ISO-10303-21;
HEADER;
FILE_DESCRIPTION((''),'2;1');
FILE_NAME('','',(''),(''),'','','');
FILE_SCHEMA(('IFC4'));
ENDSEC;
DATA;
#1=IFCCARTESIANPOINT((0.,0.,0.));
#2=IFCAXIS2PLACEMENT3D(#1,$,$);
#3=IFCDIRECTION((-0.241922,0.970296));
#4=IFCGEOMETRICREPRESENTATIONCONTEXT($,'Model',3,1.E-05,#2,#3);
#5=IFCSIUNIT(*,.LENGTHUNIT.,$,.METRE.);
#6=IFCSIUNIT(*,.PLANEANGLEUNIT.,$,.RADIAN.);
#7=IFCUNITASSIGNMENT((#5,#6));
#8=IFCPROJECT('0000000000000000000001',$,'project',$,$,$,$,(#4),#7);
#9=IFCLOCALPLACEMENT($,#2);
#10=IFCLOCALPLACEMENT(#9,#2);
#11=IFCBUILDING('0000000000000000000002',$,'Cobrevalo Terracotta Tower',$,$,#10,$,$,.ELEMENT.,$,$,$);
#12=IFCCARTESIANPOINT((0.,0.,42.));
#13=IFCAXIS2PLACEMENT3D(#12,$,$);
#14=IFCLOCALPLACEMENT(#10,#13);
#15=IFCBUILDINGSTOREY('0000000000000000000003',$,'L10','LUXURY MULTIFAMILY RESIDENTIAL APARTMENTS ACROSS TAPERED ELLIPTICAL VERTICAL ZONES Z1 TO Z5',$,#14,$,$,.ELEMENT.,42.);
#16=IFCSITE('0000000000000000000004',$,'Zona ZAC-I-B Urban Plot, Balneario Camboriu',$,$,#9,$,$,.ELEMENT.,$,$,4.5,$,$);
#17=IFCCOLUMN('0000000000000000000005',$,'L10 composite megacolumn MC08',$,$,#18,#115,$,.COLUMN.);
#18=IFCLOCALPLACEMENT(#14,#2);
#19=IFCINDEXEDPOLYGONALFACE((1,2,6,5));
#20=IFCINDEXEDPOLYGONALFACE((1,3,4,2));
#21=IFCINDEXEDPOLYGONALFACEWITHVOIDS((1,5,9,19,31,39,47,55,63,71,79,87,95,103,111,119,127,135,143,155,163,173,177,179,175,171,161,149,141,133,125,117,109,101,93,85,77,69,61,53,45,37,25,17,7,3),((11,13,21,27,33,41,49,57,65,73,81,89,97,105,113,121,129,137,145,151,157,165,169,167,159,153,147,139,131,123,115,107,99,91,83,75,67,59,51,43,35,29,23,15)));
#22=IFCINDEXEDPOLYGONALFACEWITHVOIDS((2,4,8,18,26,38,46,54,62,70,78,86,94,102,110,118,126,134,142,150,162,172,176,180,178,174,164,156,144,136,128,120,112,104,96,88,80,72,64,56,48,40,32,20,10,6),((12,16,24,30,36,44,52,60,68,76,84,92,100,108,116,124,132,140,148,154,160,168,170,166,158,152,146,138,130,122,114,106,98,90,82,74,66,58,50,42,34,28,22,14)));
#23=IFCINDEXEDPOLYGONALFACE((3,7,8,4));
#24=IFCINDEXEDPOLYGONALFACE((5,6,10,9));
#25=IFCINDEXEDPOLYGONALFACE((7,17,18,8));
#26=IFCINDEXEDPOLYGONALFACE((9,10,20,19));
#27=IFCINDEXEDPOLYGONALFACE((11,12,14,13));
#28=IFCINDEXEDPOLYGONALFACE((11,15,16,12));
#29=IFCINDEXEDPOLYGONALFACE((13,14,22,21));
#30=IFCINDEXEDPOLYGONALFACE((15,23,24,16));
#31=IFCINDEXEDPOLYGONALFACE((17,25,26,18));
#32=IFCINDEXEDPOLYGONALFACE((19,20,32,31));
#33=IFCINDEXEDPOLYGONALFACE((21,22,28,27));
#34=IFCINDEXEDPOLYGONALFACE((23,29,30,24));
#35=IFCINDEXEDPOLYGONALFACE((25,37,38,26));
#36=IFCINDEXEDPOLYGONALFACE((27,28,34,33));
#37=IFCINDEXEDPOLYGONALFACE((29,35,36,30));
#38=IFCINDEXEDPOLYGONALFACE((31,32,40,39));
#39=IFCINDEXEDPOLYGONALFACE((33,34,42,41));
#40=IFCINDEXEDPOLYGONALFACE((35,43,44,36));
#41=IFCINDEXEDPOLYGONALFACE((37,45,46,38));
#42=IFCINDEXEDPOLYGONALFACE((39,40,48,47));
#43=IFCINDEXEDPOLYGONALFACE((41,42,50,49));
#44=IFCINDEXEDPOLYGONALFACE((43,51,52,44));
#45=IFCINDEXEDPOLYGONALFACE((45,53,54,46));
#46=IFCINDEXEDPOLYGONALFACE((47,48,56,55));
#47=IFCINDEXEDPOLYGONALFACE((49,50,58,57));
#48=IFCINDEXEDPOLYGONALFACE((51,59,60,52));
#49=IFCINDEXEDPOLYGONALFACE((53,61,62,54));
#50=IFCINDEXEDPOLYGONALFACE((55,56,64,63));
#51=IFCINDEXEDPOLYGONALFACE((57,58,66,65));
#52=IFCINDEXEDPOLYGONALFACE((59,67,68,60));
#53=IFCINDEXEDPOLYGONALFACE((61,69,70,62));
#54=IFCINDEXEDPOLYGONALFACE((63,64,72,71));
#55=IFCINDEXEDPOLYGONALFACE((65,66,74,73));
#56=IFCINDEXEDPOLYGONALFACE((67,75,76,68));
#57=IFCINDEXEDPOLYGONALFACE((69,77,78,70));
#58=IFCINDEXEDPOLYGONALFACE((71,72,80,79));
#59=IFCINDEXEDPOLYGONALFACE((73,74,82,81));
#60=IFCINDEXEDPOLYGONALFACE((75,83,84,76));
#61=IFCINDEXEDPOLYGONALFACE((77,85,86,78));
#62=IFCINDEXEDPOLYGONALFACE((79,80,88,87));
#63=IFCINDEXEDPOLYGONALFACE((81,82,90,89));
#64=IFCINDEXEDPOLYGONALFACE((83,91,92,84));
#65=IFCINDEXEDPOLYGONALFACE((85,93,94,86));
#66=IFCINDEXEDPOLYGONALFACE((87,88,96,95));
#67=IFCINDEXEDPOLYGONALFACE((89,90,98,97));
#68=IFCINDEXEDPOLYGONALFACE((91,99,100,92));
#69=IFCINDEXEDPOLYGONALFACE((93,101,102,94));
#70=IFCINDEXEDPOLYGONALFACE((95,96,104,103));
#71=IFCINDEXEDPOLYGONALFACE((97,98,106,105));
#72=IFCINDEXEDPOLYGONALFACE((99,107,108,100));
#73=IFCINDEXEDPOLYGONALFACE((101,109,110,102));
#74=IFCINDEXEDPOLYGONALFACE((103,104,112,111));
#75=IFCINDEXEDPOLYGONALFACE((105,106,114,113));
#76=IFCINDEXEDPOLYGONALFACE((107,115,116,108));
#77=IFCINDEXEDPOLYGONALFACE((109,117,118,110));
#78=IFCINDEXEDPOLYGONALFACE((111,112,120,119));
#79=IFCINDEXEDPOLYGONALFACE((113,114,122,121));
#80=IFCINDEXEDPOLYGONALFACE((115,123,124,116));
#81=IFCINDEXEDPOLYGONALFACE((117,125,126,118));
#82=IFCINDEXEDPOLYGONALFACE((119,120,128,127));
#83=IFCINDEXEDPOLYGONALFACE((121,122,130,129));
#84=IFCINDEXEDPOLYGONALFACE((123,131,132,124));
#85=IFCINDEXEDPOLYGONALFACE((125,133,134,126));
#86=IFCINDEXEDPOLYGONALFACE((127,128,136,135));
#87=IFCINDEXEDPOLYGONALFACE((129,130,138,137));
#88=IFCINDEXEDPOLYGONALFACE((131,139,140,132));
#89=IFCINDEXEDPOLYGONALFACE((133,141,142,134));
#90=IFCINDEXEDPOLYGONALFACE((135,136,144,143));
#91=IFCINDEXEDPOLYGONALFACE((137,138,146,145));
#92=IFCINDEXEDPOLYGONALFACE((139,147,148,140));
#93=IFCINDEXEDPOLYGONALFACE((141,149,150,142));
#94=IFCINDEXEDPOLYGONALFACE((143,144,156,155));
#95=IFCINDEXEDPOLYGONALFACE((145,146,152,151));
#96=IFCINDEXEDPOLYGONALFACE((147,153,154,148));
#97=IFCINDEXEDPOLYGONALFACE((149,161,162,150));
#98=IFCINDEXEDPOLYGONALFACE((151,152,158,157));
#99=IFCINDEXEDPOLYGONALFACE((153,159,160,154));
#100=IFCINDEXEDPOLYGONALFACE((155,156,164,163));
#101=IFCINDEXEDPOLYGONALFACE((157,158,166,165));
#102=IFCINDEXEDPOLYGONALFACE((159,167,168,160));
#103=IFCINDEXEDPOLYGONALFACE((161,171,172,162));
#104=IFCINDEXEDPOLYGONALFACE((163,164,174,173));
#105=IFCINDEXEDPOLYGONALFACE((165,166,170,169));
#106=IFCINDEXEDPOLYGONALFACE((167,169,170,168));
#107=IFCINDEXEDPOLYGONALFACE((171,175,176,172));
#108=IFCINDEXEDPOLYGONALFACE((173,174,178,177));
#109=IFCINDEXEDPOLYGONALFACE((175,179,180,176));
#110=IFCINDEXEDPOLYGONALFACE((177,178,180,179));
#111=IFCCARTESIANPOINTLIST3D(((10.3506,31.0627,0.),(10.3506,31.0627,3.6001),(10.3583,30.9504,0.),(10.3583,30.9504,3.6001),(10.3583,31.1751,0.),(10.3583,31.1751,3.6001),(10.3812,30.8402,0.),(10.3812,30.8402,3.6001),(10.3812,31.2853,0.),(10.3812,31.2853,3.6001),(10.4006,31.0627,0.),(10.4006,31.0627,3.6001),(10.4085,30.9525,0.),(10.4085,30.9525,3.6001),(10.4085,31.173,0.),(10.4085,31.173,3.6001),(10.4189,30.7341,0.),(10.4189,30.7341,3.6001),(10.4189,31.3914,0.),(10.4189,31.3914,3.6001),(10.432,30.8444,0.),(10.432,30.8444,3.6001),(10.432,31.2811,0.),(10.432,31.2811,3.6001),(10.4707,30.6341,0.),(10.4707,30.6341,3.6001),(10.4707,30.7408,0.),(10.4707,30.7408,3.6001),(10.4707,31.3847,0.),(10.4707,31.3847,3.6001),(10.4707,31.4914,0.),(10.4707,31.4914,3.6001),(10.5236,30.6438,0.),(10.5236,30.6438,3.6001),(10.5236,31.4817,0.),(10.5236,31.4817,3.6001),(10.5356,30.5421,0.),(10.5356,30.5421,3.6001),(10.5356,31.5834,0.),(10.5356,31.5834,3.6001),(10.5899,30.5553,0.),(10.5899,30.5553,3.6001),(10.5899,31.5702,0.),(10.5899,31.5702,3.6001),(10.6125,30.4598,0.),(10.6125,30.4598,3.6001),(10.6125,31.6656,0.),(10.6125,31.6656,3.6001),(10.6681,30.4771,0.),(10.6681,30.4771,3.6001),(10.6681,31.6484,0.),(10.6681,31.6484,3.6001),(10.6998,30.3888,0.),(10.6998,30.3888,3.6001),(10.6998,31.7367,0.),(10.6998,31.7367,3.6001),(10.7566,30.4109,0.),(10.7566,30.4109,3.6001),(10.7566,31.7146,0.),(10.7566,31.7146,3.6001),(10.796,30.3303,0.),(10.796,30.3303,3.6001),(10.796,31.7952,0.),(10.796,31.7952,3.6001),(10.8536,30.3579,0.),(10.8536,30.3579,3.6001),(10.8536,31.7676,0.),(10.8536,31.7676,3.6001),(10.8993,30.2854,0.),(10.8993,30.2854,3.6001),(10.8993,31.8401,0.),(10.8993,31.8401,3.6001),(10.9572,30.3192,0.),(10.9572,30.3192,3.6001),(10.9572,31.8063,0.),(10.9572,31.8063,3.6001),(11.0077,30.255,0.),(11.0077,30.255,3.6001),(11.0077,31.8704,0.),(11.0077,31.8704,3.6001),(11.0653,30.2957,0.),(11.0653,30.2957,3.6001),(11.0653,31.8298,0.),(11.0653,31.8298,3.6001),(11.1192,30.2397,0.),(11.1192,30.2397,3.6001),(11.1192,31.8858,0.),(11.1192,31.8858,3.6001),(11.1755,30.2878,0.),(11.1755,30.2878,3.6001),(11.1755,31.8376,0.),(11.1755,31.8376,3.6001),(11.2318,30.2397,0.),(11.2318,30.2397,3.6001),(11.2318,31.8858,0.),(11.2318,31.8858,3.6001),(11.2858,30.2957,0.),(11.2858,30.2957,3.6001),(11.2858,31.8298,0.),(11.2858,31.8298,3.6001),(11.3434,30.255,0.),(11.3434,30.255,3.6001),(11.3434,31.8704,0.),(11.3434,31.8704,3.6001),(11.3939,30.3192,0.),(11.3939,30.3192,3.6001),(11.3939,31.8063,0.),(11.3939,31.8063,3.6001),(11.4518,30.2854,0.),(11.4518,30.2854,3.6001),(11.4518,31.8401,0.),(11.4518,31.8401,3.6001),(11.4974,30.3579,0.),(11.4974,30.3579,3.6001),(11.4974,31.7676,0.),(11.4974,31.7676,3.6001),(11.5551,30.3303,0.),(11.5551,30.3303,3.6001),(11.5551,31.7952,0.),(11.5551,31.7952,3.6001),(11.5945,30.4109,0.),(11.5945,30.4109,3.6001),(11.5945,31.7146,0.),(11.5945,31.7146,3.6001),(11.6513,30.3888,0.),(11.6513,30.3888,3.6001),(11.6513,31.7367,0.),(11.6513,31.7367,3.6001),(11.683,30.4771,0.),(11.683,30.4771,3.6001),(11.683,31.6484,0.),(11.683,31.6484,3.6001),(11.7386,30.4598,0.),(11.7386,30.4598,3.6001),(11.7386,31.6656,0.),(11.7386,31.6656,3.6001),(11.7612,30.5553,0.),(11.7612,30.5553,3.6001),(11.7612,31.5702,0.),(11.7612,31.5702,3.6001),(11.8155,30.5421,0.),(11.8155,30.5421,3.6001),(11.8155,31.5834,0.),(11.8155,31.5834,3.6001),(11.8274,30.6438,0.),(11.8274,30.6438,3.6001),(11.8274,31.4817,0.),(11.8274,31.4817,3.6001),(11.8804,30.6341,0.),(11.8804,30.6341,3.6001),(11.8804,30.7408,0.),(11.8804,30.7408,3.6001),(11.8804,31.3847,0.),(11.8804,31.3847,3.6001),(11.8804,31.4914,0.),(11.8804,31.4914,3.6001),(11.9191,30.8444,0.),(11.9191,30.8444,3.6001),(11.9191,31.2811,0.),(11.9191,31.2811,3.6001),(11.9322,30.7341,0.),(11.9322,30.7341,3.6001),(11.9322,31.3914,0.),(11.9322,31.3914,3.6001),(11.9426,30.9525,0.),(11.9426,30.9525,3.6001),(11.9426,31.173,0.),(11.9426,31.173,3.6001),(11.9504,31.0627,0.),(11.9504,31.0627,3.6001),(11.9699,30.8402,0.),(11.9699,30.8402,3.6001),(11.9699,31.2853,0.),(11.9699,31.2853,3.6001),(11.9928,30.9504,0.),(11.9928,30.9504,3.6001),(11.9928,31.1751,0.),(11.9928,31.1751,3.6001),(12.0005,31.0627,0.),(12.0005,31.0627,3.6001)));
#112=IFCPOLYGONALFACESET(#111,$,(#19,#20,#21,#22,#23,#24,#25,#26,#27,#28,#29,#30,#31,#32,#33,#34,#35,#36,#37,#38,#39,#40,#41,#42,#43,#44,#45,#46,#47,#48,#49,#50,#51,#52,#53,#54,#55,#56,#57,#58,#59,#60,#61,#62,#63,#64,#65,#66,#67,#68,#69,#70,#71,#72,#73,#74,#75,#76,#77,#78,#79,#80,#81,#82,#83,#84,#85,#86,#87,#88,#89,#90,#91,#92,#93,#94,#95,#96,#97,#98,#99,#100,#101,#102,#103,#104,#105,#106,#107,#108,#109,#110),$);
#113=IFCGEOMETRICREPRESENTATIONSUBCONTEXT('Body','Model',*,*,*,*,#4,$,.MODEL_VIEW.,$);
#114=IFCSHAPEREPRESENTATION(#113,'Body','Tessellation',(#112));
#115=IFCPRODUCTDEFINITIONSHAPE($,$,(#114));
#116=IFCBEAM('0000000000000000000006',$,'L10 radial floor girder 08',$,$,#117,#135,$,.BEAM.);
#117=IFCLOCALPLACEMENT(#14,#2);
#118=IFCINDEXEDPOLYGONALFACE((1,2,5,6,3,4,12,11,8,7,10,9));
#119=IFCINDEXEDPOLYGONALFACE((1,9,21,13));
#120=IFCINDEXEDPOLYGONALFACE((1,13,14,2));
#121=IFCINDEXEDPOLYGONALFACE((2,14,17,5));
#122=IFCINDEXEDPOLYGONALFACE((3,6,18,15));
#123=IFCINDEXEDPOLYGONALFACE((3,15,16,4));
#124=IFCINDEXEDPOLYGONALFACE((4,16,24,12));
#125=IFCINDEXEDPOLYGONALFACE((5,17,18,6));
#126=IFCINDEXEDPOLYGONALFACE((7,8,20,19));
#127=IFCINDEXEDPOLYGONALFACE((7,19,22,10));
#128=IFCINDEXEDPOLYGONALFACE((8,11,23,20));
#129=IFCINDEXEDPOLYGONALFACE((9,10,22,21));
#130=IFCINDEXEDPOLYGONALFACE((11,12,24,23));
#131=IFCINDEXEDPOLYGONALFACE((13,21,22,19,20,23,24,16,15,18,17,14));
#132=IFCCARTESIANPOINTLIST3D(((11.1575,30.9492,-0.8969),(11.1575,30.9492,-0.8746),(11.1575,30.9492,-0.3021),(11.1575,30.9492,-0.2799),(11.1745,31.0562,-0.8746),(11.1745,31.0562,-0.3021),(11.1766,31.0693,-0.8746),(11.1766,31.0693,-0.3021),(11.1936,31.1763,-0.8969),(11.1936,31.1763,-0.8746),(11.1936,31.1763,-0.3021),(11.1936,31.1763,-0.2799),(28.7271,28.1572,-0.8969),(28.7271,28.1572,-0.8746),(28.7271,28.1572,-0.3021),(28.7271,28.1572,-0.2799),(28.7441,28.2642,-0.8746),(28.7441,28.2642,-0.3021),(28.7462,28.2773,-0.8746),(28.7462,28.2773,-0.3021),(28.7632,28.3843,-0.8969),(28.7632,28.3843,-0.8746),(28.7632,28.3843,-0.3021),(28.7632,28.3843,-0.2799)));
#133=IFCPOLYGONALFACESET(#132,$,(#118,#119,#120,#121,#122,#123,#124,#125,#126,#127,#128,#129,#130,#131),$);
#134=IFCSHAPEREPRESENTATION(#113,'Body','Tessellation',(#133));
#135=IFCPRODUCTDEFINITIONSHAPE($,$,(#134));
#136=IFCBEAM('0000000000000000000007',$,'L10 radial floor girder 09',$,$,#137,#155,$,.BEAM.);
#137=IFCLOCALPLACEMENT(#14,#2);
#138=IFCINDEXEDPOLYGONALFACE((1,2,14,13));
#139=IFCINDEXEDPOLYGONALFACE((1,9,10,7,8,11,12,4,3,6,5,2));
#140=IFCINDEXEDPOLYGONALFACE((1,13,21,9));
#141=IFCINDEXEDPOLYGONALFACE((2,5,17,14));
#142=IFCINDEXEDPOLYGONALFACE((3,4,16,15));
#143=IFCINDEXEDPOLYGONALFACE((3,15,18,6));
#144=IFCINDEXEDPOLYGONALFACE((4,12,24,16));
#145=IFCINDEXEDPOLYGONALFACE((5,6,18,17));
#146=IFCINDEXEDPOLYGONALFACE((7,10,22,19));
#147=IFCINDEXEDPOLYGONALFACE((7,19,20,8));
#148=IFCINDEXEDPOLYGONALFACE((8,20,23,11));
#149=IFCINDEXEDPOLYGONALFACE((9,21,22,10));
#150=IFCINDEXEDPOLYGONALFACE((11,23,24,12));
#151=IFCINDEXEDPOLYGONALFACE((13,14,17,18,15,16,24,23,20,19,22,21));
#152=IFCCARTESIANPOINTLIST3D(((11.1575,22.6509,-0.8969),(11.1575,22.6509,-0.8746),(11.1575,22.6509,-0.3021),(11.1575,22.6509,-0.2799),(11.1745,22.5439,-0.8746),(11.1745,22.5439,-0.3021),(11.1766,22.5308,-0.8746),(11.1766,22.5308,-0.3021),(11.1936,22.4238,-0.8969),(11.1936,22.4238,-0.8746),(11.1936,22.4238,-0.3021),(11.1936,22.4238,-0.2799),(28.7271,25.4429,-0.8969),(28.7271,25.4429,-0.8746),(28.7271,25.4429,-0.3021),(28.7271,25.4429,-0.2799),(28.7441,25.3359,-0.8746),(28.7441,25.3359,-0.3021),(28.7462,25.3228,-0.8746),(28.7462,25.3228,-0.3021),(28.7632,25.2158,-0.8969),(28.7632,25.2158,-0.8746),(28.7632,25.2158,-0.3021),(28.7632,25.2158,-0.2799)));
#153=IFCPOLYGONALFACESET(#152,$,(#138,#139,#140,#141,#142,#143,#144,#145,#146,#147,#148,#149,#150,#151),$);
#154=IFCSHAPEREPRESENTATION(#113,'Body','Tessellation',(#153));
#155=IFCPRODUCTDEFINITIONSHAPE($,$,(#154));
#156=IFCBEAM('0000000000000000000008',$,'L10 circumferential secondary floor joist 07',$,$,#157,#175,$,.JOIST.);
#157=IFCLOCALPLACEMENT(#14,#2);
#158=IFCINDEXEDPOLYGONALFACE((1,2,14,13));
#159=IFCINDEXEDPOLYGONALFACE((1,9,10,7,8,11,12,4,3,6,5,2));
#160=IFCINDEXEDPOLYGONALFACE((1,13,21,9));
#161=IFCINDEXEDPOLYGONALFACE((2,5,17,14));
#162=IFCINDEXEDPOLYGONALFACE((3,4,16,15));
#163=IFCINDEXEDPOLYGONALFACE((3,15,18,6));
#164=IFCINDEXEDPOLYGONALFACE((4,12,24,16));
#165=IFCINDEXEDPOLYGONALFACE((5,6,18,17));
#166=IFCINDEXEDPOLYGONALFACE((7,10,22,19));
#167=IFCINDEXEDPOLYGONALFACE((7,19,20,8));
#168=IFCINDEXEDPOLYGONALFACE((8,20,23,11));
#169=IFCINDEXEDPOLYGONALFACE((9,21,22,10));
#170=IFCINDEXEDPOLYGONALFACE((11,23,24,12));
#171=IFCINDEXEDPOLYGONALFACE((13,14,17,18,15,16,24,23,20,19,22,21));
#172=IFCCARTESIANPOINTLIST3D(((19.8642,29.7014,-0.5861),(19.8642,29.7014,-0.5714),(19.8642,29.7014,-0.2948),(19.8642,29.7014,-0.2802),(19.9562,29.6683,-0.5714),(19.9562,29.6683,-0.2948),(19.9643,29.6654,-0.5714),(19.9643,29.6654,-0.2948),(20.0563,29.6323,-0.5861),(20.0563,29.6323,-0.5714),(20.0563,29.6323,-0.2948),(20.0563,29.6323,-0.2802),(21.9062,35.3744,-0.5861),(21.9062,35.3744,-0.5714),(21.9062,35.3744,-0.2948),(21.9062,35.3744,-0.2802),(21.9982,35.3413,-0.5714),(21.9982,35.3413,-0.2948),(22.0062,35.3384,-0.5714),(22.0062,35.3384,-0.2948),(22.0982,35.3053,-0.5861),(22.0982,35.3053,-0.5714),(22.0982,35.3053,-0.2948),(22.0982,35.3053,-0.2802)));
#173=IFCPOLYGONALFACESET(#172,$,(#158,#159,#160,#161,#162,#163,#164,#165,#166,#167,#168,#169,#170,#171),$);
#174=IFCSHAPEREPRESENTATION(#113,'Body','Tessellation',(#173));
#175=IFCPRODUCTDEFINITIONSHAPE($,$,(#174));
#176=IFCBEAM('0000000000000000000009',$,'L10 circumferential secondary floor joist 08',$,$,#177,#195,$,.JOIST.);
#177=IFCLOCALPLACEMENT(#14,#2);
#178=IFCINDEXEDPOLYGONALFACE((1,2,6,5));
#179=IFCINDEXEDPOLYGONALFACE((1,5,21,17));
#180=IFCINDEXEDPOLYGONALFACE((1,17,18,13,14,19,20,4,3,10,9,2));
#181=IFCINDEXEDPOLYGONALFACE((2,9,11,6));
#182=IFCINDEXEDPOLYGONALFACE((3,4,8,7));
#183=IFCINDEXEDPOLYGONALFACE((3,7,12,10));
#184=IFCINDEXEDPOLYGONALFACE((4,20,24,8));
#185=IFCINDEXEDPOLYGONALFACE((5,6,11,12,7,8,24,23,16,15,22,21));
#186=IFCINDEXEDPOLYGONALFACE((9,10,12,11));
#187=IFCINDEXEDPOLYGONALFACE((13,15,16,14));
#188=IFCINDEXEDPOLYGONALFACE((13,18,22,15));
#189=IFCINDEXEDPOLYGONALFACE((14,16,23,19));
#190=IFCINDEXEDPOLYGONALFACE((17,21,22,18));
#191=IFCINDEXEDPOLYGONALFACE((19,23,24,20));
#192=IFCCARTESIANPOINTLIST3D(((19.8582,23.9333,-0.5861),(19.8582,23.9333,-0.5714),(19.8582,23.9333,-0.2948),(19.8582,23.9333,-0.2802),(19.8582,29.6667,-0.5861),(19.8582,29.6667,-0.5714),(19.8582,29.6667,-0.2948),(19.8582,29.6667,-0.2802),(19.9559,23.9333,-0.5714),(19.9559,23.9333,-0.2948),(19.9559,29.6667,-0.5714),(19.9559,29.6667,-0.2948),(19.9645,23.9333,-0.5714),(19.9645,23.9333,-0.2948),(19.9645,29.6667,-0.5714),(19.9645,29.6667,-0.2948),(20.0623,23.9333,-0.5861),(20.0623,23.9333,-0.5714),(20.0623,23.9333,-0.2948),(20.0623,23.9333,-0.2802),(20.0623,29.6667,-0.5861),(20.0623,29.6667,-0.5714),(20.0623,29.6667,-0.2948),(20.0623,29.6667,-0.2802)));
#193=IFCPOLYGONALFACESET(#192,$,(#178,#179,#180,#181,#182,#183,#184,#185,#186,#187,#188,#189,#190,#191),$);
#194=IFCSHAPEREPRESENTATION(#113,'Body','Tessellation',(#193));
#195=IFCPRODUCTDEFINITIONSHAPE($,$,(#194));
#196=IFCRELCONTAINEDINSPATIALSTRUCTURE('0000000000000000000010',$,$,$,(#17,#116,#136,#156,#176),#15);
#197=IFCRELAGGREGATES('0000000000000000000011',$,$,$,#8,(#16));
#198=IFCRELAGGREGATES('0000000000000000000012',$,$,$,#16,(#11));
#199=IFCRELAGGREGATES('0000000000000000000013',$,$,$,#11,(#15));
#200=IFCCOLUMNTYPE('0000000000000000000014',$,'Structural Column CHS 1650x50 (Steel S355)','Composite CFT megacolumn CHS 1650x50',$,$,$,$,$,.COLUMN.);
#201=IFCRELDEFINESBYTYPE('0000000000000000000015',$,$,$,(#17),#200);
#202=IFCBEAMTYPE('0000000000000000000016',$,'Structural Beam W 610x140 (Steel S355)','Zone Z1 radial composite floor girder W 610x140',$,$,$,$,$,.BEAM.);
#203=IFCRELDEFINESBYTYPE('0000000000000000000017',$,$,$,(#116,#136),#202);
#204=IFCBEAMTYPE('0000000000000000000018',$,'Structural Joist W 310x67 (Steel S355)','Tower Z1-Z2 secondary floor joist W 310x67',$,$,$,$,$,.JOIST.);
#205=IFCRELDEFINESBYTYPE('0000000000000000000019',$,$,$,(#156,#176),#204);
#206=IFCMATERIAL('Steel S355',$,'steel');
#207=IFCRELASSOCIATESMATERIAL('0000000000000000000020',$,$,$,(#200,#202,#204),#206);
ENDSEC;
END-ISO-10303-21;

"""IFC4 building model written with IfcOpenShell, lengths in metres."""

from ifc_helpers import new_model, si_unit, direction, frame, origin, origin_2d, place, context, subcontext, project, spatial, hollow_circle, i_section, extrude, material, material_profile, profile_set, type_object, element, save


model = new_model("IFC4")

# Units and contexts
model_context = context("Model", 3, precision=1e-05, world=origin(), true_north=direction((-0.241922, 0.970296)))
body_context = subcontext(model_context, "Body", "Model", "MODEL_VIEW")
ifc_project = project(units=[si_unit("LENGTHUNIT", "METRE"), si_unit("PLANEANGLEUNIT", "RADIAN")], contexts=[model_context])

# Site, building, storey
site_placement = place(None, origin())
site = spatial("IfcSite", under=ifc_project, at=site_placement, Name="Zona ZAC-I-B Urban Plot, Balneario Camboriu", CompositionType="ELEMENT", RefElevation=4.5)
building_placement = place(site_placement, origin())
building = spatial("IfcBuilding", under=site, at=building_placement, Name="Cobrevalo Terracotta Tower", CompositionType="ELEMENT")
storey_placement = place(building_placement, frame((0.0, 0.0, 42.0)))
storey = spatial("IfcBuildingStorey", under=building, at=storey_placement, Name="L10", Description="LUXURY MULTIFAMILY RESIDENTIAL APARTMENTS ACROSS TAPERED ELLIPTICAL VERTICAL ZONES Z1 TO Z5", CompositionType="ELEMENT", Elevation=42.0)

# Column
ifc_material_1 = material(Name="Steel S355", Category="steel")
ifc_material_profile_1 = material_profile(ifc_material_1, hollow_circle(Radius=0.825, WallThickness=0.05, at=origin_2d()), Name="CHS 1650x50")
ifc_profile_set_1 = profile_set([ifc_material_profile_1], Name="Steel S355")
column_type = type_object("IfcColumnType", Name="Structural Column CHS 1650x50 (Steel S355)", Description="Composite CFT megacolumn CHS 1650x50", PredefinedType="COLUMN", material=ifc_profile_set_1)
column_placement = place(storey_placement, frame((11.1755, 31.0627, 0.0), z_axis=(0.0, 0.0, 1.0), x_axis=(1.0, 0.0, 0.0)))
element("IfcColumn", 1, at=column_placement, inside=storey, type_object=column_type, Name="L10 composite megacolumn MC08", PredefinedType="COLUMN", context=body_context, shape_type="SweptSolid", body=[
    extrude(hollow_circle(Radius=0.825, WallThickness=0.05, at=origin_2d()), origin(), (0.0, 0.0, 1.0), 3.6001),
])

# Beams
ifc_material_profile_2 = material_profile(ifc_material_1, i_section(OverallWidth=0.23, OverallDepth=0.6169, WebThickness=0.0132, FlangeThickness=0.0222, at=origin_2d()), Name="W 610x140")
ifc_profile_set_2 = profile_set([ifc_material_profile_2], Name="Steel S355")
beam_type_1 = type_object("IfcBeamType", Name="Structural Beam W 610x140 (Steel S355)", Description="Zone Z1 radial composite floor girder W 610x140", PredefinedType="BEAM", material=ifc_profile_set_2)
for number, where, z_axis, x_axis, name in (
    (2, (11.1755, 31.0627, -0.5884), (0.987608, -0.156941, 0.0), (0.156941, 0.987608, 0.0), "L10 radial floor girder 08"),
    (3, (11.1755, 22.5374, -0.5884), (0.987608, 0.156941, 0.0), (-0.156941, 0.987608, 0.0), "L10 radial floor girder 09"),
):
    element("IfcBeam", number, at=place(storey_placement, frame(where, z_axis=z_axis, x_axis=x_axis)), inside=storey, type_object=beam_type_1, Name=name, PredefinedType="BEAM", context=body_context, shape_type="SweptSolid", body=[
        extrude(i_section(OverallWidth=0.23, OverallDepth=0.6169, WebThickness=0.0132, FlangeThickness=0.0222, at=origin_2d()), origin(), (0.0, 0.0, 1.0), 17.79),
    ])
ifc_material_profile_3 = material_profile(ifc_material_1, i_section(OverallWidth=0.2041, OverallDepth=0.3059, WebThickness=0.0085, FlangeThickness=0.0146, at=origin_2d()), Name="W 310x67")
ifc_profile_set_3 = profile_set([ifc_material_profile_3], Name="Steel S355")
beam_type_2 = type_object("IfcBeamType", Name="Structural Joist W 310x67 (Steel S355)", Description="Tower Z1-Z2 secondary floor joist W 310x67", PredefinedType="JOIST", material=ifc_profile_set_3)
beam_1_placement = place(storey_placement, frame((22.0022, 35.3398, -0.4331), z_axis=(-0.338672, -0.940904, 0.0), x_axis=(0.940904, -0.338672, 0.0)))
element("IfcBeam", 4, at=beam_1_placement, inside=storey, type_object=beam_type_2, Name="L10 circumferential secondary floor joist 07", PredefinedType="JOIST", context=body_context, shape_type="SweptSolid", body=[
    extrude(i_section(OverallWidth=0.2041, OverallDepth=0.3059, WebThickness=0.0085, FlangeThickness=0.0146, at=origin_2d()), origin(), (0.0, 0.0, 1.0), 6.0293),
])
beam_2_placement = place(storey_placement, frame((19.9602, 29.6667, -0.4331), z_axis=(0.0, -1.0, 0.0), x_axis=(1.0, 0.0, 0.0)))
element("IfcBeam", 5, at=beam_2_placement, inside=storey, type_object=beam_type_2, Name="L10 circumferential secondary floor joist 08", PredefinedType="JOIST", context=body_context, shape_type="SweptSolid", body=[
    extrude(i_section(OverallWidth=0.2041, OverallDepth=0.3059, WebThickness=0.0085, FlangeThickness=0.0146, at=origin_2d()), origin(), (0.0, 0.0, 1.0), 5.7334),
])

save(model, "model.ifc")
